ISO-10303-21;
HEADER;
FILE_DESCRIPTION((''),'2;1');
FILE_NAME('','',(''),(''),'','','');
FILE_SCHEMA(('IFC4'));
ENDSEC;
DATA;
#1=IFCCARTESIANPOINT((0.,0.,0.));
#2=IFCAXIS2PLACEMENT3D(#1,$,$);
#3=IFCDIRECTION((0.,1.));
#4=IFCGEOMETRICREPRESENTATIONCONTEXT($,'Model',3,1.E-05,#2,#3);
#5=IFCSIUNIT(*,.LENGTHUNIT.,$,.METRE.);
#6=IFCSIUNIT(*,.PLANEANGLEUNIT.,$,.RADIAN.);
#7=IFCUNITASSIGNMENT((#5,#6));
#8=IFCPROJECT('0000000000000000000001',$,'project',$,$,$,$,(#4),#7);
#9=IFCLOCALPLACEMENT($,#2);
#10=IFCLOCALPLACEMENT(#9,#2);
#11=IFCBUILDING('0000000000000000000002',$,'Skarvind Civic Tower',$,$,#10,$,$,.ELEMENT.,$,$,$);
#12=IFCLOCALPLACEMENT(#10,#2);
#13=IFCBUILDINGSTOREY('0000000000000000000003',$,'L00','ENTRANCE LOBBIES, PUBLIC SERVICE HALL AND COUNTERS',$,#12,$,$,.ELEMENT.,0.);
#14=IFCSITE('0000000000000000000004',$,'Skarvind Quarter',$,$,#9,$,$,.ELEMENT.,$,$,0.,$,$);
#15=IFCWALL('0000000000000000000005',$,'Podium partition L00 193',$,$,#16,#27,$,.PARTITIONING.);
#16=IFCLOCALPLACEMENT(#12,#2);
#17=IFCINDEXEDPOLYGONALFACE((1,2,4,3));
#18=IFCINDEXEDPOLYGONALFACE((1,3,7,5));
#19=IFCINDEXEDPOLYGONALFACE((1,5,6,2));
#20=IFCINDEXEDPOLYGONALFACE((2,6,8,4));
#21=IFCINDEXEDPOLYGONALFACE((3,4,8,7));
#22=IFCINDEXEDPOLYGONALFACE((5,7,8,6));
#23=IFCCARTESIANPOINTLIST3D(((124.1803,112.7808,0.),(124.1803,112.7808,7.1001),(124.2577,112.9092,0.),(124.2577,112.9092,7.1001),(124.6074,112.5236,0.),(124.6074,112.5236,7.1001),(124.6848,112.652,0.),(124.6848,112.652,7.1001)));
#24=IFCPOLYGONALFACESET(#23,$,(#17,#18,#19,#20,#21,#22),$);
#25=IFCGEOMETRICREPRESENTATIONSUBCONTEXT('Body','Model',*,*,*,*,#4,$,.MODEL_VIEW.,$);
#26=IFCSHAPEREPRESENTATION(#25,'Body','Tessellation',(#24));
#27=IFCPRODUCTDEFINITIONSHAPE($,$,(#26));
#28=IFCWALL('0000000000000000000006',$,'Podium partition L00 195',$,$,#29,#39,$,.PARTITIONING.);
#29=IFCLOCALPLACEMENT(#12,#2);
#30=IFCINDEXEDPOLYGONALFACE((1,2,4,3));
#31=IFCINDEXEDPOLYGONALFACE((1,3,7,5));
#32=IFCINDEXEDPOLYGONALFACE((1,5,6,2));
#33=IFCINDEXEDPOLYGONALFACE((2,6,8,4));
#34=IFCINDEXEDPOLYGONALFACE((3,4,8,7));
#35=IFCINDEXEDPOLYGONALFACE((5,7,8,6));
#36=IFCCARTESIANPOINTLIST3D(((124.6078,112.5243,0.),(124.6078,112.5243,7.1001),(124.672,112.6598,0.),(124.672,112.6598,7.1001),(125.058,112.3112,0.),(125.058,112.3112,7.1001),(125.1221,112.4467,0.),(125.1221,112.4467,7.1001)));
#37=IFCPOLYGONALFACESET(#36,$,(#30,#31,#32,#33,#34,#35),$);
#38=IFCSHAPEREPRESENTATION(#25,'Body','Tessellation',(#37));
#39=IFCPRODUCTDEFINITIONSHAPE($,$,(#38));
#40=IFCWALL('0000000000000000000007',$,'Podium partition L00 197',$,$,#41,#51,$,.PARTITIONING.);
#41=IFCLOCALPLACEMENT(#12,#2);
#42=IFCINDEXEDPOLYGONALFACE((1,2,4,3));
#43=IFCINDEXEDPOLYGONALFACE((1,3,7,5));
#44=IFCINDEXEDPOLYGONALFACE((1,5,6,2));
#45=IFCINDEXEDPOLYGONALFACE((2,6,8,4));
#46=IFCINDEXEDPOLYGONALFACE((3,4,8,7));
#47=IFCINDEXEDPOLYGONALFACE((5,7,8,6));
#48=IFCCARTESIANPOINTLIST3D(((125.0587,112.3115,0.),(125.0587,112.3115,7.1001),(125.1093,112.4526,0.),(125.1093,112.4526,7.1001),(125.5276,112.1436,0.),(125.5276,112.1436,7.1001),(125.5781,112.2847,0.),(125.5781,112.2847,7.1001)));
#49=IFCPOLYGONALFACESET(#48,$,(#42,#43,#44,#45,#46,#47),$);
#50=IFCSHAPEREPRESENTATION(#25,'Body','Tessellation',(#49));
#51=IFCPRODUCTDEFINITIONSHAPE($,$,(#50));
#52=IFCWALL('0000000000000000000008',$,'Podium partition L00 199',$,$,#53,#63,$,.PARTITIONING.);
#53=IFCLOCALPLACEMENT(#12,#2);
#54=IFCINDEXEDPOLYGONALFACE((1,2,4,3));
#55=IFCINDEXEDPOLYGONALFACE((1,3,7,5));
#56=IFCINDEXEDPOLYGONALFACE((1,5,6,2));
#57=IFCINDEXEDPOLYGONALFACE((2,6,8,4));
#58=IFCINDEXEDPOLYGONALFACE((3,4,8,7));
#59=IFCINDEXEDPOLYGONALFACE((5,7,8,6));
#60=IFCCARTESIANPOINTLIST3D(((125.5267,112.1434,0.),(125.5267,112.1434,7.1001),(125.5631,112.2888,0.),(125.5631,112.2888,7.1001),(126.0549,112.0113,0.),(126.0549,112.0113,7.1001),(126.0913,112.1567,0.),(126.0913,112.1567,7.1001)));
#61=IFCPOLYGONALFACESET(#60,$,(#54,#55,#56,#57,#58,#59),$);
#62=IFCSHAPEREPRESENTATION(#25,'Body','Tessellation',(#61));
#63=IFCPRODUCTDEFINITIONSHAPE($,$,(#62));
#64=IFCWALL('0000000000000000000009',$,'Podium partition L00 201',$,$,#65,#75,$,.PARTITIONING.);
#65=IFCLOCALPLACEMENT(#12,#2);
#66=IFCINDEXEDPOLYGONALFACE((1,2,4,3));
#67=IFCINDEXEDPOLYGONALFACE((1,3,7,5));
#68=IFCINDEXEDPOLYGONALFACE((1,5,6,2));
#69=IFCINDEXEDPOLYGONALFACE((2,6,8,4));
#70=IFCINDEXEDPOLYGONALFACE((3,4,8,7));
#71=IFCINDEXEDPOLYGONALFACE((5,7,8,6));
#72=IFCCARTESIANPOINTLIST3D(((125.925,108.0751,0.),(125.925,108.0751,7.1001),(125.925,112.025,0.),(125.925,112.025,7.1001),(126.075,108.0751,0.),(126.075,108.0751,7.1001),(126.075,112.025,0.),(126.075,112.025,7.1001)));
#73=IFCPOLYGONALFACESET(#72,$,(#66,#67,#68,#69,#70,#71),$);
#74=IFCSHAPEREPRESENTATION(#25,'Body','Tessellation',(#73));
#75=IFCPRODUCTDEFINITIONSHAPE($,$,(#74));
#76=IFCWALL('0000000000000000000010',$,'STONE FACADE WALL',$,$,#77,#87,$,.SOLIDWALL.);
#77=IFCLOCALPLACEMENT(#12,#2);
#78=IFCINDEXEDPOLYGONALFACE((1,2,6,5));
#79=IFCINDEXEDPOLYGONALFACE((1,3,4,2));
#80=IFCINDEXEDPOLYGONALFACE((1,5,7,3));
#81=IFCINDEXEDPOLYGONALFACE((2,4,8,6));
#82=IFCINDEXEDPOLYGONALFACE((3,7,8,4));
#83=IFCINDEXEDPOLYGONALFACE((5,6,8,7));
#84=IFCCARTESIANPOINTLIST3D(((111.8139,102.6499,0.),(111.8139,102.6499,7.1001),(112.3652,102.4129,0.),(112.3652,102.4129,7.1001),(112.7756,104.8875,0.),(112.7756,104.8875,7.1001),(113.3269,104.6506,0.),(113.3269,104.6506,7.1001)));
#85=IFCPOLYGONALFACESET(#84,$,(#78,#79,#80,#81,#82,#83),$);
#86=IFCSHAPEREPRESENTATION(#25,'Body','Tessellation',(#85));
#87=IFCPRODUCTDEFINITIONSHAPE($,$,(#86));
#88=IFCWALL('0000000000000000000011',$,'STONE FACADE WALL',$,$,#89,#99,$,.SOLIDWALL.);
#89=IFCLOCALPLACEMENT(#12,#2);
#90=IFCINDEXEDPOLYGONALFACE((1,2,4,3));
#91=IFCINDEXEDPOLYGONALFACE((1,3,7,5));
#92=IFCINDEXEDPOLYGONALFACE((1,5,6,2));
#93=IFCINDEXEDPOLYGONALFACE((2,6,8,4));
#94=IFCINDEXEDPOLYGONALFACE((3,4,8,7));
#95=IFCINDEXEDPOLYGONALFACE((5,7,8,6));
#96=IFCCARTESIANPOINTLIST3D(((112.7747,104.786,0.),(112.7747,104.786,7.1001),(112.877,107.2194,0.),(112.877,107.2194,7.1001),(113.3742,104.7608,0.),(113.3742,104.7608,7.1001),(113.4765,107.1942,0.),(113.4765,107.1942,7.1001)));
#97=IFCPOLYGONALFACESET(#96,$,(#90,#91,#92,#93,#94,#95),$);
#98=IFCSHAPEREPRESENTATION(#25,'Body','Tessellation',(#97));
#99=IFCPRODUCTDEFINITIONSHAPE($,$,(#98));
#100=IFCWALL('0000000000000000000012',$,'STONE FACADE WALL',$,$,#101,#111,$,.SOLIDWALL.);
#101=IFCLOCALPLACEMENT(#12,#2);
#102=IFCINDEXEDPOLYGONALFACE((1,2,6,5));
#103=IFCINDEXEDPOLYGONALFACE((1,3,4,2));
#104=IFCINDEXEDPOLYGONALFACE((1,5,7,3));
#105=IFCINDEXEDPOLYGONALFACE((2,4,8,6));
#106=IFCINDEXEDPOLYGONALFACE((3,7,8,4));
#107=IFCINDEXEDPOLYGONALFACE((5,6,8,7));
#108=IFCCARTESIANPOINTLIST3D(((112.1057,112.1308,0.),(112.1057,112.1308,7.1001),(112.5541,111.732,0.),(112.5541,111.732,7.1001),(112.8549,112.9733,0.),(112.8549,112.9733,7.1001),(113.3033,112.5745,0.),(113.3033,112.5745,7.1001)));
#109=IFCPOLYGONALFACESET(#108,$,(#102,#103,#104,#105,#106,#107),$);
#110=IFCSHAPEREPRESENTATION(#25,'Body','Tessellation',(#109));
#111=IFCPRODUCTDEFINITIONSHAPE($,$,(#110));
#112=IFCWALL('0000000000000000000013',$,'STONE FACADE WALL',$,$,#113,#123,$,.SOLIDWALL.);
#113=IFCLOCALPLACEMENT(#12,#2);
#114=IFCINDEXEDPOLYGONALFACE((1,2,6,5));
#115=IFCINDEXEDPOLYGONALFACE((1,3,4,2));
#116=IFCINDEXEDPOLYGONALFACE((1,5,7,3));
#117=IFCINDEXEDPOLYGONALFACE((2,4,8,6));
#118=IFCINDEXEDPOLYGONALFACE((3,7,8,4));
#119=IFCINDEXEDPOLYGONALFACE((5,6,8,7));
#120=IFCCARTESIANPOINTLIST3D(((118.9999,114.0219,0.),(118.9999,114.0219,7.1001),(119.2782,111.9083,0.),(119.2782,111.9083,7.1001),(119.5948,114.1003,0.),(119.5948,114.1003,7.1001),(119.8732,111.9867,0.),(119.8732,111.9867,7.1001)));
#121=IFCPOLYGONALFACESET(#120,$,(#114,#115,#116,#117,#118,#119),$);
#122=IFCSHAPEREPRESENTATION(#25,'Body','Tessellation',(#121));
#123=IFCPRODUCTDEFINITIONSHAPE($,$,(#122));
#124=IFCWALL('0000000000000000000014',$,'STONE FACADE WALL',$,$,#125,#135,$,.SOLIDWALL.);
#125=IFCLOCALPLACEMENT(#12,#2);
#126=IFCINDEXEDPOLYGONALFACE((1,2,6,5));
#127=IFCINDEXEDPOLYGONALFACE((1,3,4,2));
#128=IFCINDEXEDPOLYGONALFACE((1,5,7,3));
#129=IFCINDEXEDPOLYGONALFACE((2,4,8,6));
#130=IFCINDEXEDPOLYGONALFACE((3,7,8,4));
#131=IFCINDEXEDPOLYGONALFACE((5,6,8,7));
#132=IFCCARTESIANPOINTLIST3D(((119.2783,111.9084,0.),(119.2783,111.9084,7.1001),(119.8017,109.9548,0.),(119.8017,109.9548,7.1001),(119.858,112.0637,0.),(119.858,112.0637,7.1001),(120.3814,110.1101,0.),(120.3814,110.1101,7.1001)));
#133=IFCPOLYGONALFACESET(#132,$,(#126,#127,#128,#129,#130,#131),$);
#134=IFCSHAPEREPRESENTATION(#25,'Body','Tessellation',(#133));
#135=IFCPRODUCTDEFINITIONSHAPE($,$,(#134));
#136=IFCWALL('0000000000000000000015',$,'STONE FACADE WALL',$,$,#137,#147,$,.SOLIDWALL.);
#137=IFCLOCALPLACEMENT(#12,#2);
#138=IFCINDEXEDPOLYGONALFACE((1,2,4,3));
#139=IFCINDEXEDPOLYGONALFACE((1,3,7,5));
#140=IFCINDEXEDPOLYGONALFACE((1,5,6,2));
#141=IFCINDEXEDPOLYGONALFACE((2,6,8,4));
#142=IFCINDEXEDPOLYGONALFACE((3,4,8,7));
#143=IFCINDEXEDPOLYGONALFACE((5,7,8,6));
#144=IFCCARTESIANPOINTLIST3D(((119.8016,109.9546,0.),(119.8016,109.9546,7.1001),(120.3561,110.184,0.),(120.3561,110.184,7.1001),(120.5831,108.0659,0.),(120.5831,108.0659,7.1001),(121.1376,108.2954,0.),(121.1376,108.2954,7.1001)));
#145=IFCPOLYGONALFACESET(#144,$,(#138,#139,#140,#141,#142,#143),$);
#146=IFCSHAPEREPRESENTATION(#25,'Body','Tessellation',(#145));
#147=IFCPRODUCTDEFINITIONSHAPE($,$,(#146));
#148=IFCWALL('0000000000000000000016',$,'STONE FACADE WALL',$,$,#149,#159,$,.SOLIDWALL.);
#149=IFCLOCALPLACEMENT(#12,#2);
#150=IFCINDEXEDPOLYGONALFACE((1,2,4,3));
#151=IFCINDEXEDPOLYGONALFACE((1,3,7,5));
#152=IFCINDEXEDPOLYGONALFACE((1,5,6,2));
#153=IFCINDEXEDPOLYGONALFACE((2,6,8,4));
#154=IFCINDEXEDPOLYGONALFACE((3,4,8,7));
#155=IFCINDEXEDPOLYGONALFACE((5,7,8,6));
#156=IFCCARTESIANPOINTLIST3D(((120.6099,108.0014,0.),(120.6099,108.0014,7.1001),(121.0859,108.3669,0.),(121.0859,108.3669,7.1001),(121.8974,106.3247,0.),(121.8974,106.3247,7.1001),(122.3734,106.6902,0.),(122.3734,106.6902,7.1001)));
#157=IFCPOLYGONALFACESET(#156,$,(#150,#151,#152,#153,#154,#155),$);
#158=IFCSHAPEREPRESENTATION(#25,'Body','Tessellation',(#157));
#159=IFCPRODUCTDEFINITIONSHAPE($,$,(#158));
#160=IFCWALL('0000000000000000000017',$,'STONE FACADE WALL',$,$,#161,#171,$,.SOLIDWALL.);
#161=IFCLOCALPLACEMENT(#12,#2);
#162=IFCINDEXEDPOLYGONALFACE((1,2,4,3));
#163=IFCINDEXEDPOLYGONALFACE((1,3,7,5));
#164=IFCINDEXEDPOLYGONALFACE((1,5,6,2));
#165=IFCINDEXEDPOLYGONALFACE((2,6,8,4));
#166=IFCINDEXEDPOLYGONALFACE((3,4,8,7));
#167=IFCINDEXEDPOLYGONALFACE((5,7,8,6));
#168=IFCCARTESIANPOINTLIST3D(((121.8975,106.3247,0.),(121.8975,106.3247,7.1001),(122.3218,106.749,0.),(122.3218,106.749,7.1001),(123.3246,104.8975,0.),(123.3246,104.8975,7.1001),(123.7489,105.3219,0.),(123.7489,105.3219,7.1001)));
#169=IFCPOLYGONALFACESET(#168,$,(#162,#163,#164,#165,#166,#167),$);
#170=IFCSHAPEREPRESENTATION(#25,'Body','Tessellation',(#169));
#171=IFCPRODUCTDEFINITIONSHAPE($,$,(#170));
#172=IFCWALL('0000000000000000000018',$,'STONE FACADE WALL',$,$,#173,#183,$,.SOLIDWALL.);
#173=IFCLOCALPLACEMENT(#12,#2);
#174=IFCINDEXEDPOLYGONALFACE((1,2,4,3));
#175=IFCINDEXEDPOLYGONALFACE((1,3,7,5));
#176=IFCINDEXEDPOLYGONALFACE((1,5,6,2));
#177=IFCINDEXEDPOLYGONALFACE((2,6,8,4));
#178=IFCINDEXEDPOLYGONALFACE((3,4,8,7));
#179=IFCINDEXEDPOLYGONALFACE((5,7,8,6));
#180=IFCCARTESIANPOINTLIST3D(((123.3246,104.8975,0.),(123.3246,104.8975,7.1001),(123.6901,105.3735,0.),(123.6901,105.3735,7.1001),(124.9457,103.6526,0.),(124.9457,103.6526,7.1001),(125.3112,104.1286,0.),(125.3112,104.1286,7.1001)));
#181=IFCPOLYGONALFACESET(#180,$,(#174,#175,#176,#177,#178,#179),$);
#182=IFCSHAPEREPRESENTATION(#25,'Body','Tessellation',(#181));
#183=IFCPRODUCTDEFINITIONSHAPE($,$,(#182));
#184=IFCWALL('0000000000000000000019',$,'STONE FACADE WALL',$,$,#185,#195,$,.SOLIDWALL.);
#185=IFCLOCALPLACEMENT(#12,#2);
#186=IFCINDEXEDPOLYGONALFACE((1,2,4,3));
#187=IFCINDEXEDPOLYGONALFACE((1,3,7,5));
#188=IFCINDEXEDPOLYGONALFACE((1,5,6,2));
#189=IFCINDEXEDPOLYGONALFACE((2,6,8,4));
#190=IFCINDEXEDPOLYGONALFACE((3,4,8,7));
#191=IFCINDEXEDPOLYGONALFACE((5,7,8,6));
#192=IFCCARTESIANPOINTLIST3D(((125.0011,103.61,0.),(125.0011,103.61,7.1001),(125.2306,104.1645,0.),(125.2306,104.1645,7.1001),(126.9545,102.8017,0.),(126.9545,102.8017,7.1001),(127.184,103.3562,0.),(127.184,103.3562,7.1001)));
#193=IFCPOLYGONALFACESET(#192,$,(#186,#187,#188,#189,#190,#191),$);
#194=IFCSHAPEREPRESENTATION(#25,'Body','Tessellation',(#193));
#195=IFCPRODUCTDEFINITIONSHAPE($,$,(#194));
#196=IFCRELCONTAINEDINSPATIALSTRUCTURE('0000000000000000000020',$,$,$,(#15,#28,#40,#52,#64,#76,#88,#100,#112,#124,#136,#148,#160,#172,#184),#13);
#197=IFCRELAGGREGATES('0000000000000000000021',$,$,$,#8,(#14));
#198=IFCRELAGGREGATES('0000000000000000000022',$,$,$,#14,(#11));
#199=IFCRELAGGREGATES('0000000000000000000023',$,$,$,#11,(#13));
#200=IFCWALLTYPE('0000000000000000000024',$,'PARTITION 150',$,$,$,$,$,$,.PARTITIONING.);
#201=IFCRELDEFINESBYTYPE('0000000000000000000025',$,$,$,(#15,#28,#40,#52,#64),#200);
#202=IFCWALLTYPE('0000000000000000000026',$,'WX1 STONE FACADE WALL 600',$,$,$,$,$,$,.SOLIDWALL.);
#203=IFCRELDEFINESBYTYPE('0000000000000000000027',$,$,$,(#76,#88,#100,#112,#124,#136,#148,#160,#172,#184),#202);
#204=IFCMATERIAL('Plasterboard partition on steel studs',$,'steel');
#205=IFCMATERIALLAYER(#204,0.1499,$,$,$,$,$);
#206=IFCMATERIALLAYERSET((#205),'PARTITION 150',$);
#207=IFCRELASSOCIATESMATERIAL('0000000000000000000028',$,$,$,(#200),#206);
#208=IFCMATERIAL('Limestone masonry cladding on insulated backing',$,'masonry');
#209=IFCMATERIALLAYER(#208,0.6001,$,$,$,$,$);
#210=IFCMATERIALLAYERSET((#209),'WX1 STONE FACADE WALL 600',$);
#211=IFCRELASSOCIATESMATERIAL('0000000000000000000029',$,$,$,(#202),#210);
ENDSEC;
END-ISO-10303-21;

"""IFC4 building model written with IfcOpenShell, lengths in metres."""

from ifc_helpers import new_model, si_unit, direction, frame, frame_2d, origin, place, context, subcontext, project, spatial, rectangle, extrude, material, layer, layer_set, type_object, element, save


model = new_model("IFC4")

# Units and contexts
model_context = context("Model", 3, precision=1e-05, world=origin(), true_north=direction((0.0, 1.0)))
body_context = subcontext(model_context, "Body", "Model", "MODEL_VIEW")
ifc_project = project(units=[si_unit("LENGTHUNIT", "METRE"), si_unit("PLANEANGLEUNIT", "RADIAN")], contexts=[model_context])

# Site, building, storey
site_placement = place(None, origin())
site = spatial("IfcSite", under=ifc_project, at=site_placement, Name="Skarvind Quarter", CompositionType="ELEMENT", RefElevation=0.0)
building_placement = place(site_placement, origin())
building = spatial("IfcBuilding", under=site, at=building_placement, Name="Skarvind Civic Tower", CompositionType="ELEMENT")
storey_placement = place(building_placement, origin())
storey = spatial("IfcBuildingStorey", under=building, at=storey_placement, Name="L00", Description="ENTRANCE LOBBIES, PUBLIC SERVICE HALL AND COUNTERS", CompositionType="ELEMENT", Elevation=0.0)

# Walls
ifc_material_1 = material(Name="Plasterboard partition on steel studs", Category="steel")
ifc_layer_1 = layer(ifc_material_1, 0.1499)
ifc_layer_set_1 = layer_set([ifc_layer_1], Name="PARTITION 150")
wall_type_1 = type_object("IfcWallType", Name="PARTITION 150", PredefinedType="PARTITIONING", material=ifc_layer_set_1)
wall_1_placement = place(storey_placement, frame((124.219, 112.845, 0.0), z_axis=(0.0, 0.0, 1.0), x_axis=(0.856714, -0.515792, 0.0)))
element("IfcWall", 1, at=wall_1_placement, inside=storey, type_object=wall_type_1, Name="Podium partition L00 193", PredefinedType="PARTITIONING", context=body_context, shape_type="SweptSolid", body=[
    extrude(rectangle(XDim=0.4985, YDim=0.1499, at=frame_2d((0.2493, 0.0))), origin(), (0.0, 0.0, 1.0), 7.1001),
])
for number, where, z_axis, x_axis, name in (
    (2, (124.6399, 112.592, 0.0), (0.0, 0.0, 1.0), (0.903828, -0.427897, 0.0), "Podium partition L00 195"),
    (3, (125.084, 112.3821, 0.0), (0.0, 0.0, 1.0), (0.941442, -0.337174, 0.0), "Podium partition L00 197"),
):
    element("IfcWall", number, at=place(storey_placement, frame(where, z_axis=z_axis, x_axis=x_axis)), inside=storey, type_object=wall_type_1, Name=name, PredefinedType="PARTITIONING", context=body_context, shape_type="SweptSolid", body=[
        extrude(rectangle(XDim=0.498, YDim=0.1499, at=frame_2d((0.249, 0.0))), origin(), (0.0, 0.0, 1.0), 7.1001),
    ])
wall_2_placement = place(storey_placement, frame((125.5449, 112.2161, 0.0), z_axis=(0.0, 0.0, 1.0), x_axis=(0.970116, -0.242641, 0.0)))
element("IfcWall", 4, at=wall_2_placement, inside=storey, type_object=wall_type_1, Name="Podium partition L00 199", PredefinedType="PARTITIONING", context=body_context, shape_type="SweptSolid", body=[
    extrude(rectangle(XDim=0.5444, YDim=0.1499, at=frame_2d((0.2722, 0.0))), origin(), (0.0, 0.0, 1.0), 7.1001),
])
wall_3_placement = place(storey_placement, frame((126.0, 108.075, 0.0), z_axis=(0.0, 0.0, 1.0), x_axis=(0.0, 1.0, 0.0)))
element("IfcWall", 5, at=wall_3_placement, inside=storey, type_object=wall_type_1, Name="Podium partition L00 201", PredefinedType="PARTITIONING", context=body_context, shape_type="SweptSolid", body=[
    extrude(rectangle(XDim=3.95, YDim=0.1499, at=frame_2d((1.9751, 0.0))), origin(), (0.0, 0.0, 1.0), 7.1001),
])
ifc_material_2 = material(Name="Limestone masonry cladding on insulated backing", Category="masonry")
ifc_layer_2 = layer(ifc_material_2, 0.6001)
ifc_layer_set_2 = layer_set([ifc_layer_2], Name="WX1 STONE FACADE WALL 600")
wall_type_2 = type_object("IfcWallType", Name="WX1 STONE FACADE WALL 600", PredefinedType="SOLIDWALL", material=ifc_layer_set_2)
for number, where, z_axis, x_axis, name in (
    (6, (113.0513, 104.769, 0.0), (0.0, 0.0, 1.0), (-0.394863, -0.91874, 0.0), "STONE FACADE WALL"),
    (7, (113.1768, 107.2068, 0.0), (0.0, 0.0, 1.0), (-0.042002, -0.999118, 0.0), "STONE FACADE WALL"),
):
    element("IfcWall", number, at=place(storey_placement, frame(where, z_axis=z_axis, x_axis=x_axis)), inside=storey, type_object=wall_type_2, Name=name, PredefinedType="SOLIDWALL", context=body_context, shape_type="SweptSolid", body=[
        extrude(rectangle(XDim=2.4355, YDim=0.6001, at=frame_2d((1.2178, 0.0))), origin(), (0.0, 0.0, 1.0), 7.1001),
    ])
wall_4_placement = place(storey_placement, frame((113.0791, 112.7739, 0.0), z_axis=(0.0, 0.0, 1.0), x_axis=(-0.664539, -0.747254, 0.0)))
element("IfcWall", 8, at=wall_4_placement, inside=storey, type_object=wall_type_2, Name="STONE FACADE WALL", PredefinedType="SOLIDWALL", context=body_context, shape_type="SweptSolid", body=[
    extrude(rectangle(XDim=1.1274, YDim=0.6001, at=frame_2d((0.5637, 0.0))), origin(), (0.0, 0.0, 1.0), 7.1001),
])
wall_5_placement = place(storey_placement, frame((119.5757, 111.9475, 0.0), z_axis=(0.0, 0.0, 1.0), x_axis=(-0.130558, 0.991441, 0.0)))
element("IfcWall", 9, at=wall_5_placement, inside=storey, type_object=wall_type_2, Name="STONE FACADE WALL", PredefinedType="SOLIDWALL", context=body_context, shape_type="SweptSolid", body=[
    extrude(rectangle(XDim=2.1318, YDim=0.6001, at=frame_2d((1.0659, 0.0))), origin(), (0.0, 0.0, 1.0), 7.1001),
])
wall_6_placement = place(storey_placement, frame((120.0916, 110.0325, 0.0), z_axis=(0.0, 0.0, 1.0), x_axis=(-0.258804, 0.96593, 0.0)))
element("IfcWall", 10, at=wall_6_placement, inside=storey, type_object=wall_type_2, Name="STONE FACADE WALL", PredefinedType="SOLIDWALL", context=body_context, shape_type="SweptSolid", body=[
    extrude(rectangle(XDim=2.0225, YDim=0.6001, at=frame_2d((1.0112, 0.0))), origin(), (0.0, 0.0, 1.0), 7.1001),
])
wall_7_placement = place(storey_placement, frame((120.8604, 108.1807, 0.0), z_axis=(0.0, 0.0, 1.0), x_axis=(-0.382341, 0.924021, 0.0)))
element("IfcWall", 11, at=wall_7_placement, inside=storey, type_object=wall_type_2, Name="STONE FACADE WALL", PredefinedType="SOLIDWALL", context=body_context, shape_type="SweptSolid", body=[
    extrude(rectangle(XDim=2.0439, YDim=0.6001, at=frame_2d((1.022, 0.0))), origin(), (0.0, 0.0, 1.0), 7.1001),
])
wall_8_placement = place(storey_placement, frame((122.1355, 106.5073, 0.0), z_axis=(0.0, 0.0, 1.0), x_axis=(-0.609052, 0.79313, 0.0)))
element("IfcWall", 12, at=wall_8_placement, inside=storey, type_object=wall_type_2, Name="STONE FACADE WALL", PredefinedType="SOLIDWALL", context=body_context, shape_type="SweptSolid", body=[
    extrude(rectangle(XDim=2.114, YDim=0.6001, at=frame_2d((1.0571, 0.0))), origin(), (0.0, 0.0, 1.0), 7.1001),
])
wall_9_placement = place(storey_placement, frame((123.5369, 105.1096, 0.0), z_axis=(0.0, 0.0, 1.0), x_axis=(-0.707107, 0.707107, 0.0)))
element("IfcWall", 13, at=wall_9_placement, inside=storey, type_object=wall_type_2, Name="STONE FACADE WALL", PredefinedType="SOLIDWALL", context=body_context, shape_type="SweptSolid", body=[
    extrude(rectangle(XDim=2.0183, YDim=0.6001, at=frame_2d((1.0093, 0.0))), origin(), (0.0, 0.0, 1.0), 7.1001),
])
wall_10_placement = place(storey_placement, frame((125.1284, 103.8906, 0.0), z_axis=(0.0, 0.0, 1.0), x_axis=(-0.793125, 0.609058, 0.0)))
element("IfcWall", 14, at=wall_10_placement, inside=storey, type_object=wall_type_2, Name="STONE FACADE WALL", PredefinedType="SOLIDWALL", context=body_context, shape_type="SweptSolid", body=[
    extrude(rectangle(XDim=2.0439, YDim=0.6001, at=frame_2d((1.022, 0.0))), origin(), (0.0, 0.0, 1.0), 7.1001),
])
wall_11_placement = place(storey_placement, frame((127.0693, 103.0789, 0.0), z_axis=(0.0, 0.0, 1.0), x_axis=(-0.924007, 0.382376, 0.0)))
element("IfcWall", 15, at=wall_11_placement, inside=storey, type_object=wall_type_2, Name="STONE FACADE WALL", PredefinedType="SOLIDWALL", context=body_context, shape_type="SweptSolid", body=[
    extrude(rectangle(XDim=2.114, YDim=0.6001, at=frame_2d((1.0571, 0.0))), origin(), (0.0, 0.0, 1.0), 7.1001),
])

save(model, "model.ifc")
